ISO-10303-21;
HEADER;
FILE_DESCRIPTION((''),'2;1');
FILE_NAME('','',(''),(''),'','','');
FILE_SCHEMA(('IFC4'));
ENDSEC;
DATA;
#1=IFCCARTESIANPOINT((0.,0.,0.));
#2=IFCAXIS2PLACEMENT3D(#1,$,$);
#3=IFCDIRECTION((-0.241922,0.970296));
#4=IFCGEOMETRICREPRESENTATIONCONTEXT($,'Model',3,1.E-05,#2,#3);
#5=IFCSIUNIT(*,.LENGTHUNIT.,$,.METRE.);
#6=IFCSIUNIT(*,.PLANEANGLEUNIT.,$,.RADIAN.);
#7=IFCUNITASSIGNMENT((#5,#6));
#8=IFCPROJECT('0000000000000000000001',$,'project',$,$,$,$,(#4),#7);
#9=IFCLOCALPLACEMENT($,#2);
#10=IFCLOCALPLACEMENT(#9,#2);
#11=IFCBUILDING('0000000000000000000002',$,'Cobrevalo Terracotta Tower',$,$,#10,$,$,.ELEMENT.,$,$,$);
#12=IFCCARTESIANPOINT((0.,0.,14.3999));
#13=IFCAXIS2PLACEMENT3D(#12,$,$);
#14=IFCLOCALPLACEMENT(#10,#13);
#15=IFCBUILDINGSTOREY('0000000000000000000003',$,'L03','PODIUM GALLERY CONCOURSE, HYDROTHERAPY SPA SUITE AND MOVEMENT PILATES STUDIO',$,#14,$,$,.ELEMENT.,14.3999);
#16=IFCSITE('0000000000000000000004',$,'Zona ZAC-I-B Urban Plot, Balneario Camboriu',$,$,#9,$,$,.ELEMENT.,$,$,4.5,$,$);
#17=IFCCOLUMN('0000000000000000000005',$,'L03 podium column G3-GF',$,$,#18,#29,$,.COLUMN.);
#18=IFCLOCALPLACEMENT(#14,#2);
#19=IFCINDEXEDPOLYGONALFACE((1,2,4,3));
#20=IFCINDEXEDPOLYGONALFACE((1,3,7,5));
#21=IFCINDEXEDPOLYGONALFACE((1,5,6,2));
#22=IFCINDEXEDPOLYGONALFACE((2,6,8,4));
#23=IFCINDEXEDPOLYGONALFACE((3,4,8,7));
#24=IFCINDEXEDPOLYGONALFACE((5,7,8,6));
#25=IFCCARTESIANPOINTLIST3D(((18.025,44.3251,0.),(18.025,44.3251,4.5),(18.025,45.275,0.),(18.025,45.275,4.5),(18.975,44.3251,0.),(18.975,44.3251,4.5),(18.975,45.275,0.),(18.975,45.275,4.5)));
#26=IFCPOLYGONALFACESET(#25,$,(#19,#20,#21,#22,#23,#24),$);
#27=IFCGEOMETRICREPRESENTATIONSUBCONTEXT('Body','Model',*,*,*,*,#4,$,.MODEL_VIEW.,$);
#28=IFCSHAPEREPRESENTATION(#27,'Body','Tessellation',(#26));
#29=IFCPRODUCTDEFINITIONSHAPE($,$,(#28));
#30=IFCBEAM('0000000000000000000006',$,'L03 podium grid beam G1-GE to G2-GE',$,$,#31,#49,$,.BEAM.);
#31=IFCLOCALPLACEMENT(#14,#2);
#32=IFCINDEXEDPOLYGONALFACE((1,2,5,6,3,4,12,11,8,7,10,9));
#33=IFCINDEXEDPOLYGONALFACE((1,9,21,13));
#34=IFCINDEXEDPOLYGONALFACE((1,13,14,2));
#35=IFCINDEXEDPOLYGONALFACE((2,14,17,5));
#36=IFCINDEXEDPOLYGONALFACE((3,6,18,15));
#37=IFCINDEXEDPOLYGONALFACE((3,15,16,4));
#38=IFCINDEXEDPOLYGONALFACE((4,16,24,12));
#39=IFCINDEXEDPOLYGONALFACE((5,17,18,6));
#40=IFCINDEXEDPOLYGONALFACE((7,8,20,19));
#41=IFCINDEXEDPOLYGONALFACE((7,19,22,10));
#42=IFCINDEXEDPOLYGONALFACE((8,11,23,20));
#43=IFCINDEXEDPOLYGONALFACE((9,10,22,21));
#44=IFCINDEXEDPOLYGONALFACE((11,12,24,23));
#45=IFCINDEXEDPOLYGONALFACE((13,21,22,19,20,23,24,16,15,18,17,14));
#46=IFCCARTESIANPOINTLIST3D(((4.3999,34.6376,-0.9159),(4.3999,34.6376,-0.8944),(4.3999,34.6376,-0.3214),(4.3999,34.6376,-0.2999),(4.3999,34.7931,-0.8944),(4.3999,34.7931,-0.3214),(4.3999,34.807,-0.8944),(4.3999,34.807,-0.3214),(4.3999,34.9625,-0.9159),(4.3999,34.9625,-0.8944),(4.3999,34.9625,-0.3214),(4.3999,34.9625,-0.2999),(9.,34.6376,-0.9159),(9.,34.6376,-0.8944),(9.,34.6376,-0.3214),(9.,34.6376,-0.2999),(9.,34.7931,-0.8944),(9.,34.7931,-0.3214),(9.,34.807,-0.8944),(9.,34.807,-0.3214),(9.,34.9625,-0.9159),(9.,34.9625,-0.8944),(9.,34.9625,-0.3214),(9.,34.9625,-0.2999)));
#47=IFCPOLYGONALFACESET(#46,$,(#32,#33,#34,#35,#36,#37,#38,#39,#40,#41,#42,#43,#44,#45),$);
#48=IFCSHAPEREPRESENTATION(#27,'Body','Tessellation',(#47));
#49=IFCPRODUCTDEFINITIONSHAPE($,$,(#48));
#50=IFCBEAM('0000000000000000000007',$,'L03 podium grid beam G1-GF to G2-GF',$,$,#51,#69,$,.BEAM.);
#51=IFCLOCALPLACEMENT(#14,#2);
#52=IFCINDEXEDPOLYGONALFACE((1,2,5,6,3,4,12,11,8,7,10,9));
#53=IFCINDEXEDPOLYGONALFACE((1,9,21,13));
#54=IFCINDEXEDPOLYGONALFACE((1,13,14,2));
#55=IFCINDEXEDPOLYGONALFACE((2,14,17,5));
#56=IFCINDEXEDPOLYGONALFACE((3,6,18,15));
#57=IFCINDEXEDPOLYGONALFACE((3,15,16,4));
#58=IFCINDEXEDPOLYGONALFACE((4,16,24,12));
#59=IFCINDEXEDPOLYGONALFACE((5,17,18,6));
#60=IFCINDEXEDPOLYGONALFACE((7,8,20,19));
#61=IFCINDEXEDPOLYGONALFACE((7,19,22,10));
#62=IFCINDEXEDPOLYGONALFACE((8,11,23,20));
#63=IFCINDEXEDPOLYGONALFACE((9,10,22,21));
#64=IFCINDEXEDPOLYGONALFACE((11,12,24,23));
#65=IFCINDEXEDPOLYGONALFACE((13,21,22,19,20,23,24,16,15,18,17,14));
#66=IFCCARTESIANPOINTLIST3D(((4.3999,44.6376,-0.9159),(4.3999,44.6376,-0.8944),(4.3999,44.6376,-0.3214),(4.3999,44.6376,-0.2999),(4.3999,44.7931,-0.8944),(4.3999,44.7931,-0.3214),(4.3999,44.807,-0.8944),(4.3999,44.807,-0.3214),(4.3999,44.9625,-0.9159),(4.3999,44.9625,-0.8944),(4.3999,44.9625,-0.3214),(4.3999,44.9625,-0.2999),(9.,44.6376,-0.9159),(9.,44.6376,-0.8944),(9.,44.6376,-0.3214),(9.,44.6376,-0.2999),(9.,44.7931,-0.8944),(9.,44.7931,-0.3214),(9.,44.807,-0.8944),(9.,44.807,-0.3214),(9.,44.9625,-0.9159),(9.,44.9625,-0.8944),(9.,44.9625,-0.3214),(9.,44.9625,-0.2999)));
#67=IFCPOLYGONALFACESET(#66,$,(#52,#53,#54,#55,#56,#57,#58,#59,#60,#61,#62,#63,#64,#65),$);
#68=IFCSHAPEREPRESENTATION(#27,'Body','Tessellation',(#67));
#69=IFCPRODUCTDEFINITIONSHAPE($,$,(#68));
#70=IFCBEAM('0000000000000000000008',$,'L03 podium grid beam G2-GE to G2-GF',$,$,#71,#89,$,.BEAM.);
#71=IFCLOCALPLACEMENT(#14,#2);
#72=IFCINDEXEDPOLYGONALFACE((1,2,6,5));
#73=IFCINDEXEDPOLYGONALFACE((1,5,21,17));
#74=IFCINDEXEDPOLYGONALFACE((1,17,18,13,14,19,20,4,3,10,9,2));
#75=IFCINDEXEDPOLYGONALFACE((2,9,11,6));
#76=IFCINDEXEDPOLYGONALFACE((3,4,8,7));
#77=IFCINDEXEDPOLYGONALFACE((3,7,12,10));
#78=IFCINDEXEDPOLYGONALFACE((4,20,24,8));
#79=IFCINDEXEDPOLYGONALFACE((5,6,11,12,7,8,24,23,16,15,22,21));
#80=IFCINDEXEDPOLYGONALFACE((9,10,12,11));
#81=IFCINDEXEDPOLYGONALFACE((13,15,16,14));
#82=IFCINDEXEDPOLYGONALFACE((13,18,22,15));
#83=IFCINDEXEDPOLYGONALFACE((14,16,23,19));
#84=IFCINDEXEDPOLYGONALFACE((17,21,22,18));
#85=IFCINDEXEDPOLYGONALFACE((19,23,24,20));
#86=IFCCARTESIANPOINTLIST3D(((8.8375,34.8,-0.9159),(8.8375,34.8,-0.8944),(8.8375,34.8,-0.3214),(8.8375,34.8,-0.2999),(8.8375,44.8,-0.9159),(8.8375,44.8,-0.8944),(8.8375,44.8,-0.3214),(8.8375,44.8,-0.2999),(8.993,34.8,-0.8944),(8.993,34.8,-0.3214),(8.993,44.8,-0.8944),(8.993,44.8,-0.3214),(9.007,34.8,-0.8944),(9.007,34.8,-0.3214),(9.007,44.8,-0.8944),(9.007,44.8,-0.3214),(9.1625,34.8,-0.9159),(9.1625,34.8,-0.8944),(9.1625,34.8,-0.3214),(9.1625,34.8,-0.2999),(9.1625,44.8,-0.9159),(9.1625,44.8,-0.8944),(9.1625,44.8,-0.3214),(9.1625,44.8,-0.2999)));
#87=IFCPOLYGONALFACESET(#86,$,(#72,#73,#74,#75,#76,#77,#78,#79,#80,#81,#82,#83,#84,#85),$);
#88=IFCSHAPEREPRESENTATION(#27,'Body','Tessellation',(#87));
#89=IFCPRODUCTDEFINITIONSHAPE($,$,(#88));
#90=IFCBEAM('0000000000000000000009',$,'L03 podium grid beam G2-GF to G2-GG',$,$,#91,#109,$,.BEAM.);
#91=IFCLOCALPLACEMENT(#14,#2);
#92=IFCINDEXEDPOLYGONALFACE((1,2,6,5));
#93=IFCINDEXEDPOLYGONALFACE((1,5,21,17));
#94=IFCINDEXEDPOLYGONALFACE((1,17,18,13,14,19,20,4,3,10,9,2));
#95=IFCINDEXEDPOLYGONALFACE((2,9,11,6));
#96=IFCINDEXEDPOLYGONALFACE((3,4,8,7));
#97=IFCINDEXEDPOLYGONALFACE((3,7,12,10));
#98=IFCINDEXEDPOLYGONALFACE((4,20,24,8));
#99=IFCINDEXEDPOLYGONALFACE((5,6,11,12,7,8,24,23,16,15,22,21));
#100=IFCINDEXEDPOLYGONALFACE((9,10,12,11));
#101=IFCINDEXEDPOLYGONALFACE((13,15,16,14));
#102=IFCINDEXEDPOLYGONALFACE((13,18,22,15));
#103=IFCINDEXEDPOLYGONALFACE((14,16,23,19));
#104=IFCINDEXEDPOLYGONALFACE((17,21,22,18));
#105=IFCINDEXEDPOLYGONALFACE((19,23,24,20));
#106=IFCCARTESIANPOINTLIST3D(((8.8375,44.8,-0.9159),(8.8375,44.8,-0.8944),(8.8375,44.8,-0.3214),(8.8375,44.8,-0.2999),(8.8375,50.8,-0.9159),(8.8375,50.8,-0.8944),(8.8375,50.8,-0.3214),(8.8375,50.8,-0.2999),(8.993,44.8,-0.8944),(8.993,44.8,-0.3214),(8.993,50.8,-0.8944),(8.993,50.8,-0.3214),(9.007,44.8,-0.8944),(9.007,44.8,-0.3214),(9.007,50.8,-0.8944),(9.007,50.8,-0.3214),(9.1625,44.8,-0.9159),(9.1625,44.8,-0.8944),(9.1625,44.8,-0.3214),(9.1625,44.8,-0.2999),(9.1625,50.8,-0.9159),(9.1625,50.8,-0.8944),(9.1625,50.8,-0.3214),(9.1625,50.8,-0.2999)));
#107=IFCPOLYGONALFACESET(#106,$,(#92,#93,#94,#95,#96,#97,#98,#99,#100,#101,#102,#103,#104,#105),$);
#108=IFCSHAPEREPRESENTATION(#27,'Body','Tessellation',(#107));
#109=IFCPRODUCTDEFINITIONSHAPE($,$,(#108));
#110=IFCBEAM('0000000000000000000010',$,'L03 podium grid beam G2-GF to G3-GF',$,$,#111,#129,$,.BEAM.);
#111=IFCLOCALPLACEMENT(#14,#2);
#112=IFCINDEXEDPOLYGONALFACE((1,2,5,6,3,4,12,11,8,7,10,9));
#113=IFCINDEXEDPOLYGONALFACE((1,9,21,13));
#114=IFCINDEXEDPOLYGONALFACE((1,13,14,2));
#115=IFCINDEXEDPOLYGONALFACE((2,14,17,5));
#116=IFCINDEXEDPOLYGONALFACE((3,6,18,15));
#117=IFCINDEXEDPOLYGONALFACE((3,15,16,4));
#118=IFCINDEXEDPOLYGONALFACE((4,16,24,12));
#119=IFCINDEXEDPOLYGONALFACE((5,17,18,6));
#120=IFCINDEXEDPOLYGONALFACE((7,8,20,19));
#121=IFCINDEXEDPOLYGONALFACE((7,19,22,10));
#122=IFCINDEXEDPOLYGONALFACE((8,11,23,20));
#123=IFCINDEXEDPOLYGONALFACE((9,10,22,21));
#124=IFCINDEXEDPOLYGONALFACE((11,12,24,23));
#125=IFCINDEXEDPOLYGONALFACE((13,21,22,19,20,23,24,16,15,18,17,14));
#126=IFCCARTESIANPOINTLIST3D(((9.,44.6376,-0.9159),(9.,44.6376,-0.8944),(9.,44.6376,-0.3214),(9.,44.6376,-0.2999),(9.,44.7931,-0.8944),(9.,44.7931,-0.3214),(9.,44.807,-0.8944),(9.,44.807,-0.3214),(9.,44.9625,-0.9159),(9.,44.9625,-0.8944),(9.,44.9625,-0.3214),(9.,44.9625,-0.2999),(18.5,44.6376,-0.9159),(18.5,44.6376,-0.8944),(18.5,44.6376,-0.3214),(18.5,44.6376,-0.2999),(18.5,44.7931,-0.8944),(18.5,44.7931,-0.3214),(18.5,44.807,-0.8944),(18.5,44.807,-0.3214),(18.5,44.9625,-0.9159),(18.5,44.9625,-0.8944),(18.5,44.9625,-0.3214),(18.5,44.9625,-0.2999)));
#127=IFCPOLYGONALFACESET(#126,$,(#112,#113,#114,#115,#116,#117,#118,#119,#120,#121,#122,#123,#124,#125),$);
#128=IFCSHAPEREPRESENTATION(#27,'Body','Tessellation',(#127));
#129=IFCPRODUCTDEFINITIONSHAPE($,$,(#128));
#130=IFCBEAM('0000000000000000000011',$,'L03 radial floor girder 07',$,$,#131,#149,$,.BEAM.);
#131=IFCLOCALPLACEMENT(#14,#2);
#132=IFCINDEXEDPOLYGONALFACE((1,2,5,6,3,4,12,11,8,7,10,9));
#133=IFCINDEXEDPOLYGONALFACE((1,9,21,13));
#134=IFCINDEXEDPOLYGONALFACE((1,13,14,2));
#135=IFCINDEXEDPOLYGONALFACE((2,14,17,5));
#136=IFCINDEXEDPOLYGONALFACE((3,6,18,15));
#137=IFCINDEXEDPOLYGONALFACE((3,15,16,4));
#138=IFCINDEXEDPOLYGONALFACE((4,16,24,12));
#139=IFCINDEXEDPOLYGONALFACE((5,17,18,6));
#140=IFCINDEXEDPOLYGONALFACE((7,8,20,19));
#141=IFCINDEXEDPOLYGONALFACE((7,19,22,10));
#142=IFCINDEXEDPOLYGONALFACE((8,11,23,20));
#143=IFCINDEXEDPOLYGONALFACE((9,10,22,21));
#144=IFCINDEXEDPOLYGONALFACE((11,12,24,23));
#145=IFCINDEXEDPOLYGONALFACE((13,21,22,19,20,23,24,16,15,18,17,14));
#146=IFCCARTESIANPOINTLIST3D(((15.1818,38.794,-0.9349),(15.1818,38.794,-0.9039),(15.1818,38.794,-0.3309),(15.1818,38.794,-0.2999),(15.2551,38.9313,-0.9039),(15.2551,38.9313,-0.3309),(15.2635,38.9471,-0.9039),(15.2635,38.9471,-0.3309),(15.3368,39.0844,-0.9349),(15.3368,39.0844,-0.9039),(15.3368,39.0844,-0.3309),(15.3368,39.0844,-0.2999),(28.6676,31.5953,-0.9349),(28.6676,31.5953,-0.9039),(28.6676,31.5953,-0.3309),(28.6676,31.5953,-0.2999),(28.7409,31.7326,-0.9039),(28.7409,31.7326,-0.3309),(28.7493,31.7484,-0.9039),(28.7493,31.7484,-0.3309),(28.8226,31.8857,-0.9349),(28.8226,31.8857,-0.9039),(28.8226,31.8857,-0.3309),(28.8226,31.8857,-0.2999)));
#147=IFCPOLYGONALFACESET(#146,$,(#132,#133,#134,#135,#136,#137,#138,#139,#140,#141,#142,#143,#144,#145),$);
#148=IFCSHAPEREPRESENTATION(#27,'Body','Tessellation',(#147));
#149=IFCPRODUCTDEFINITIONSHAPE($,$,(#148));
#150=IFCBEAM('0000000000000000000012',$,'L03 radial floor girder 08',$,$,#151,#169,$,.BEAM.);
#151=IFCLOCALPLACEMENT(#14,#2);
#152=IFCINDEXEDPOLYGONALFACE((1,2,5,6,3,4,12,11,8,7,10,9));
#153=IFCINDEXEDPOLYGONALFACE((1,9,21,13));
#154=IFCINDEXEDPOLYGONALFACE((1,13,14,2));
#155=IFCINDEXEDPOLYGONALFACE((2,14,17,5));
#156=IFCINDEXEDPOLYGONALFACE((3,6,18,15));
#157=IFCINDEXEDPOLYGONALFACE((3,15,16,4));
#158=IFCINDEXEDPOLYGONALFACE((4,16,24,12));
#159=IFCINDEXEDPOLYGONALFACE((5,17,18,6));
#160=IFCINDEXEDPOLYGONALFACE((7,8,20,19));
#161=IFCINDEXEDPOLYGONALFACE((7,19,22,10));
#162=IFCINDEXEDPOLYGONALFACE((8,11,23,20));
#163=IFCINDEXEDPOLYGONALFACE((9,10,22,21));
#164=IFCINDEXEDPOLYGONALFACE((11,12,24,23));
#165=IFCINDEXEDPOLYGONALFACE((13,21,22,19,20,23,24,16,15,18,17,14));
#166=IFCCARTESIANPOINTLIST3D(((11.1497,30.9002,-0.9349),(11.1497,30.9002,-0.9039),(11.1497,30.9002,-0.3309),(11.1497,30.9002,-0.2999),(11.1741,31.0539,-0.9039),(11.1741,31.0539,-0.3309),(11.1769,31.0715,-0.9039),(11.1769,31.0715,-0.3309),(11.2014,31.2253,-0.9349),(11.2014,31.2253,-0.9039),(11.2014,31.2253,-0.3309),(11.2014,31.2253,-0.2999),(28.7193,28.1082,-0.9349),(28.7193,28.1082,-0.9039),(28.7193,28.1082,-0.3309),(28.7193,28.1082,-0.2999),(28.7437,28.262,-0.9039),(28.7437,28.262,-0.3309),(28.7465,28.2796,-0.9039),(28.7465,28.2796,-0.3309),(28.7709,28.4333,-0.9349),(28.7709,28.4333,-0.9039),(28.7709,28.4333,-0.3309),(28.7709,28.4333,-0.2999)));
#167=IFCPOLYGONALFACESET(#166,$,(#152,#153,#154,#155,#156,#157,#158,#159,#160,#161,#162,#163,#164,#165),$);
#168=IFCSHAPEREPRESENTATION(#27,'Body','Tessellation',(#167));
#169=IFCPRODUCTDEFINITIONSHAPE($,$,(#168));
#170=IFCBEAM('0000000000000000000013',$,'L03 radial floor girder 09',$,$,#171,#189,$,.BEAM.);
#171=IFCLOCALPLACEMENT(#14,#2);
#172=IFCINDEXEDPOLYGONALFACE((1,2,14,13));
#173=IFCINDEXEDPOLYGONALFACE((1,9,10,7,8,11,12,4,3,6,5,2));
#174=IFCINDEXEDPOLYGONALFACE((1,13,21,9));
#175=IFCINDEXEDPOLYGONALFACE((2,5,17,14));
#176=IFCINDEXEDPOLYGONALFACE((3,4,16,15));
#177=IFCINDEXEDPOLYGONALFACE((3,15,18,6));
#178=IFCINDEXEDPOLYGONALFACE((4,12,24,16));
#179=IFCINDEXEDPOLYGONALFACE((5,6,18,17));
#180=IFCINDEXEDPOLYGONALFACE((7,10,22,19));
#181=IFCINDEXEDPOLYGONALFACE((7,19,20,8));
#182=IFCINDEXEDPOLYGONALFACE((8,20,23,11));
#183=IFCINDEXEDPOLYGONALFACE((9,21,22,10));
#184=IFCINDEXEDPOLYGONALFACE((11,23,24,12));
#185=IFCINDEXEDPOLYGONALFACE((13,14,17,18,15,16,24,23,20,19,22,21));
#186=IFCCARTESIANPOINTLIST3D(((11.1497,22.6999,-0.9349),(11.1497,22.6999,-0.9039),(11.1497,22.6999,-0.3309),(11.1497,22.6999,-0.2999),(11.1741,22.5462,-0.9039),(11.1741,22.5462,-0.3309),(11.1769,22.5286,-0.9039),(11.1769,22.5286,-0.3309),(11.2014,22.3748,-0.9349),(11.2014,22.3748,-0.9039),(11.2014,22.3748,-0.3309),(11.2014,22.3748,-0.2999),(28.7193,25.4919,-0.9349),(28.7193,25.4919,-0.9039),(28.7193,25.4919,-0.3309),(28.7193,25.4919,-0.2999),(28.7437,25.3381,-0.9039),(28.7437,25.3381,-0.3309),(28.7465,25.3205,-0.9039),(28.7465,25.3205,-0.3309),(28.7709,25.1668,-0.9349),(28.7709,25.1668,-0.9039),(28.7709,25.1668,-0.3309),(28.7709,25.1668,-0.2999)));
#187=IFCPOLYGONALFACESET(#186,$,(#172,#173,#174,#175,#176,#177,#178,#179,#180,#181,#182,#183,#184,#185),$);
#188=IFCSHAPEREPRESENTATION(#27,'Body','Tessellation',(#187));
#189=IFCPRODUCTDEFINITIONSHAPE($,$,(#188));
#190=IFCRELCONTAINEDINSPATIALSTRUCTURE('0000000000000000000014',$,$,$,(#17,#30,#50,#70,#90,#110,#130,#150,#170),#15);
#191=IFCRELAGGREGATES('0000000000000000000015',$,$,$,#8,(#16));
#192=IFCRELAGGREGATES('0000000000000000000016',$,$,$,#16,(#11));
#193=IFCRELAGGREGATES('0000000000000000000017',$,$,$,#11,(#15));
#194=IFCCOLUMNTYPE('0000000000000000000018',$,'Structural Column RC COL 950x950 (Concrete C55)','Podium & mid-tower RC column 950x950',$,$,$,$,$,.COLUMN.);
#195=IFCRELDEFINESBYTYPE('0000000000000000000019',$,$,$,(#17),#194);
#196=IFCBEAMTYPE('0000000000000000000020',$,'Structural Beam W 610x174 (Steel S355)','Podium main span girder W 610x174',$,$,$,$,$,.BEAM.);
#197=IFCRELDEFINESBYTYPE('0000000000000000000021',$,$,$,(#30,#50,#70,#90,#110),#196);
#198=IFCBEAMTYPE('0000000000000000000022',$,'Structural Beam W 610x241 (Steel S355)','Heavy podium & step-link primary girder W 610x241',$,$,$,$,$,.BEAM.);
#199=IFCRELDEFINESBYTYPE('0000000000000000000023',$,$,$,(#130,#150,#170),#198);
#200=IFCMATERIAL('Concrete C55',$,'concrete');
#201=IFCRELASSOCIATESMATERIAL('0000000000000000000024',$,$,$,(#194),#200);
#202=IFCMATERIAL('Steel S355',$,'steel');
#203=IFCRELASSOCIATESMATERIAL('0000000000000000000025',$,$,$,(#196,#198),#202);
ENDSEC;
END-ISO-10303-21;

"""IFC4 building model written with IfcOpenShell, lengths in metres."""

from ifc_helpers import new_model, si_unit, direction, frame, origin, origin_2d, place, context, subcontext, project, spatial, rectangle, i_section, extrude, material, material_profile, profile_set, type_object, element, save


model = new_model("IFC4")

# Units and contexts
model_context = context("Model", 3, precision=1e-05, world=origin(), true_north=direction((-0.241922, 0.970296)))
body_context = subcontext(model_context, "Body", "Model", "MODEL_VIEW")
ifc_project = project(units=[si_unit("LENGTHUNIT", "METRE"), si_unit("PLANEANGLEUNIT", "RADIAN")], contexts=[model_context])

# Site, building, storey
site_placement = place(None, origin())
site = spatial("IfcSite", under=ifc_project, at=site_placement, Name="Zona ZAC-I-B Urban Plot, Balneario Camboriu", CompositionType="ELEMENT", RefElevation=4.5)
building_placement = place(site_placement, origin())
building = spatial("IfcBuilding", under=site, at=building_placement, Name="Cobrevalo Terracotta Tower", CompositionType="ELEMENT")
storey_placement = place(building_placement, frame((0.0, 0.0, 14.3999)))
storey = spatial("IfcBuildingStorey", under=building, at=storey_placement, Name="L03", Description="PODIUM GALLERY CONCOURSE, HYDROTHERAPY SPA SUITE AND MOVEMENT PILATES STUDIO", CompositionType="ELEMENT", Elevation=14.3999)

# Column
ifc_material_1 = material(Name="Steel S355", Category="steel")
ifc_material_2 = material(Name="Concrete C55", Category="concrete")
ifc_material_profile_1 = material_profile(ifc_material_2, rectangle(XDim=0.95, YDim=0.95, at=origin_2d()), Name="RC COL 950x950")
ifc_profile_set_1 = profile_set([ifc_material_profile_1], Name="Concrete C55")
column_type_1 = type_object("IfcColumnType", Name="Structural Column RC COL 950x950 (Concrete C55)", Description="Podium & mid-tower RC column 950x950", PredefinedType="COLUMN", material=ifc_profile_set_1)
for number, where, z_axis, x_axis, name in (
    (1, (18.5, 44.8, 0.0), (0.0, 0.0, 1.0), (1.0, 0.0, 0.0), "L03 podium column G3-GF"),
):
    element("IfcColumn", number, at=place(storey_placement, frame(where, z_axis=z_axis, x_axis=x_axis)), inside=storey, type_object=column_type_1, Name=name, PredefinedType="COLUMN", context=body_context, shape_type="SweptSolid", body=[
        extrude(rectangle(XDim=0.95, YDim=0.95, at=origin_2d()), origin(), (0.0, 0.0, 1.0), 4.5),
    ])

# Beams
ifc_material_profile_2 = material_profile(ifc_material_1, i_section(OverallWidth=0.325, OverallDepth=0.616, WebThickness=0.0139, FlangeThickness=0.0215, at=origin_2d()), Name="W 610x174")
ifc_profile_set_2 = profile_set([ifc_material_profile_2], Name="Steel S355")
beam_type_1 = type_object("IfcBeamType", Name="Structural Beam W 610x174 (Steel S355)", Description="Podium main span girder W 610x174", PredefinedType="BEAM", material=ifc_profile_set_2)
for number, where, z_axis, x_axis, name in (
    (2, (4.3999, 34.8, -0.6079), (1.0, 0.0, 0.0), (0.0, 1.0, 0.0), "L03 podium grid beam G1-GE to G2-GE"),
    (3, (4.3999, 44.8, -0.6079), (1.0, 0.0, 0.0), (0.0, 1.0, 0.0), "L03 podium grid beam G1-GF to G2-GF"),
):
    element("IfcBeam", number, at=place(storey_placement, frame(where, z_axis=z_axis, x_axis=x_axis)), inside=storey, type_object=beam_type_1, Name=name, PredefinedType="BEAM", context=body_context, shape_type="SweptSolid", body=[
        extrude(i_section(OverallWidth=0.325, OverallDepth=0.616, WebThickness=0.0139, FlangeThickness=0.0215, at=origin_2d()), origin(), (0.0, 0.0, 1.0), 4.6001),
    ])
beam_1_placement = place(storey_placement, frame((9.0, 34.8, -0.6079), z_axis=(0.0, 1.0, 0.0), x_axis=(-1.0, 0.0, 0.0)))
element("IfcBeam", 4, at=beam_1_placement, inside=storey, type_object=beam_type_1, Name="L03 podium grid beam G2-GE to G2-GF", PredefinedType="BEAM", context=body_context, shape_type="SweptSolid", body=[
    extrude(i_section(OverallWidth=0.325, OverallDepth=0.616, WebThickness=0.0139, FlangeThickness=0.0215, at=origin_2d()), origin(), (0.0, 0.0, 1.0), 10.0),
])
beam_2_placement = place(storey_placement, frame((9.0, 44.8, -0.6079), z_axis=(0.0, 1.0, 0.0), x_axis=(-1.0, 0.0, 0.0)))
element("IfcBeam", 5, at=beam_2_placement, inside=storey, type_object=beam_type_1, Name="L03 podium grid beam G2-GF to G2-GG", PredefinedType="BEAM", context=body_context, shape_type="SweptSolid", body=[
    extrude(i_section(OverallWidth=0.325, OverallDepth=0.616, WebThickness=0.0139, FlangeThickness=0.0215, at=origin_2d()), origin(), (0.0, 0.0, 1.0), 6.0),
])
beam_3_placement = place(storey_placement, frame((9.0, 44.8, -0.6079), z_axis=(1.0, 0.0, 0.0), x_axis=(0.0, 1.0, 0.0)))
element("IfcBeam", 6, at=beam_3_placement, inside=storey, type_object=beam_type_1, Name="L03 podium grid beam G2-GF to G3-GF", PredefinedType="BEAM", context=body_context, shape_type="SweptSolid", body=[
    extrude(i_section(OverallWidth=0.325, OverallDepth=0.616, WebThickness=0.0139, FlangeThickness=0.0215, at=origin_2d()), origin(), (0.0, 0.0, 1.0), 9.5),
])
ifc_material_profile_3 = material_profile(ifc_material_1, i_section(OverallWidth=0.3291, OverallDepth=0.635, WebThickness=0.0178, FlangeThickness=0.031, at=origin_2d()), Name="W 610x241")
ifc_profile_set_3 = profile_set([ifc_material_profile_3], Name="Steel S355")
beam_type_2 = type_object("IfcBeamType", Name="Structural Beam W 610x241 (Steel S355)", Description="Heavy podium & step-link primary girder W 610x241", PredefinedType="BEAM", material=ifc_profile_set_3)
beam_4_placement = place(storey_placement, frame((15.2593, 38.9392, -0.6174), z_axis=(0.882182, -0.470908, 0.0), x_axis=(0.470908, 0.882182, 0.0)))
element("IfcBeam", 7, at=beam_4_placement, inside=storey, type_object=beam_type_2, Name="L03 radial floor girder 07", PredefinedType="BEAM", context=body_context, shape_type="SweptSolid", body=[
    extrude(i_section(OverallWidth=0.3291, OverallDepth=0.635, WebThickness=0.0178, FlangeThickness=0.031, at=origin_2d()), origin(), (0.0, 0.0, 1.0), 15.2869),
])
for number, where, z_axis, x_axis, name in (
    (8, (11.1755, 31.0627, -0.6174), (0.987608, -0.156941, 0.0), (0.156941, 0.987608, 0.0), "L03 radial floor girder 08"),
    (9, (11.1755, 22.5374, -0.6174), (0.987608, 0.156941, 0.0), (-0.156941, 0.987608, 0.0), "L03 radial floor girder 09"),
):
    element("IfcBeam", number, at=place(storey_placement, frame(where, z_axis=z_axis, x_axis=x_axis)), inside=storey, type_object=beam_type_2, Name=name, PredefinedType="BEAM", context=body_context, shape_type="SweptSolid", body=[
        extrude(i_section(OverallWidth=0.3291, OverallDepth=0.635, WebThickness=0.0178, FlangeThickness=0.031, at=origin_2d()), origin(), (0.0, 0.0, 1.0), 17.79),
    ])

save(model, "model.ifc")
